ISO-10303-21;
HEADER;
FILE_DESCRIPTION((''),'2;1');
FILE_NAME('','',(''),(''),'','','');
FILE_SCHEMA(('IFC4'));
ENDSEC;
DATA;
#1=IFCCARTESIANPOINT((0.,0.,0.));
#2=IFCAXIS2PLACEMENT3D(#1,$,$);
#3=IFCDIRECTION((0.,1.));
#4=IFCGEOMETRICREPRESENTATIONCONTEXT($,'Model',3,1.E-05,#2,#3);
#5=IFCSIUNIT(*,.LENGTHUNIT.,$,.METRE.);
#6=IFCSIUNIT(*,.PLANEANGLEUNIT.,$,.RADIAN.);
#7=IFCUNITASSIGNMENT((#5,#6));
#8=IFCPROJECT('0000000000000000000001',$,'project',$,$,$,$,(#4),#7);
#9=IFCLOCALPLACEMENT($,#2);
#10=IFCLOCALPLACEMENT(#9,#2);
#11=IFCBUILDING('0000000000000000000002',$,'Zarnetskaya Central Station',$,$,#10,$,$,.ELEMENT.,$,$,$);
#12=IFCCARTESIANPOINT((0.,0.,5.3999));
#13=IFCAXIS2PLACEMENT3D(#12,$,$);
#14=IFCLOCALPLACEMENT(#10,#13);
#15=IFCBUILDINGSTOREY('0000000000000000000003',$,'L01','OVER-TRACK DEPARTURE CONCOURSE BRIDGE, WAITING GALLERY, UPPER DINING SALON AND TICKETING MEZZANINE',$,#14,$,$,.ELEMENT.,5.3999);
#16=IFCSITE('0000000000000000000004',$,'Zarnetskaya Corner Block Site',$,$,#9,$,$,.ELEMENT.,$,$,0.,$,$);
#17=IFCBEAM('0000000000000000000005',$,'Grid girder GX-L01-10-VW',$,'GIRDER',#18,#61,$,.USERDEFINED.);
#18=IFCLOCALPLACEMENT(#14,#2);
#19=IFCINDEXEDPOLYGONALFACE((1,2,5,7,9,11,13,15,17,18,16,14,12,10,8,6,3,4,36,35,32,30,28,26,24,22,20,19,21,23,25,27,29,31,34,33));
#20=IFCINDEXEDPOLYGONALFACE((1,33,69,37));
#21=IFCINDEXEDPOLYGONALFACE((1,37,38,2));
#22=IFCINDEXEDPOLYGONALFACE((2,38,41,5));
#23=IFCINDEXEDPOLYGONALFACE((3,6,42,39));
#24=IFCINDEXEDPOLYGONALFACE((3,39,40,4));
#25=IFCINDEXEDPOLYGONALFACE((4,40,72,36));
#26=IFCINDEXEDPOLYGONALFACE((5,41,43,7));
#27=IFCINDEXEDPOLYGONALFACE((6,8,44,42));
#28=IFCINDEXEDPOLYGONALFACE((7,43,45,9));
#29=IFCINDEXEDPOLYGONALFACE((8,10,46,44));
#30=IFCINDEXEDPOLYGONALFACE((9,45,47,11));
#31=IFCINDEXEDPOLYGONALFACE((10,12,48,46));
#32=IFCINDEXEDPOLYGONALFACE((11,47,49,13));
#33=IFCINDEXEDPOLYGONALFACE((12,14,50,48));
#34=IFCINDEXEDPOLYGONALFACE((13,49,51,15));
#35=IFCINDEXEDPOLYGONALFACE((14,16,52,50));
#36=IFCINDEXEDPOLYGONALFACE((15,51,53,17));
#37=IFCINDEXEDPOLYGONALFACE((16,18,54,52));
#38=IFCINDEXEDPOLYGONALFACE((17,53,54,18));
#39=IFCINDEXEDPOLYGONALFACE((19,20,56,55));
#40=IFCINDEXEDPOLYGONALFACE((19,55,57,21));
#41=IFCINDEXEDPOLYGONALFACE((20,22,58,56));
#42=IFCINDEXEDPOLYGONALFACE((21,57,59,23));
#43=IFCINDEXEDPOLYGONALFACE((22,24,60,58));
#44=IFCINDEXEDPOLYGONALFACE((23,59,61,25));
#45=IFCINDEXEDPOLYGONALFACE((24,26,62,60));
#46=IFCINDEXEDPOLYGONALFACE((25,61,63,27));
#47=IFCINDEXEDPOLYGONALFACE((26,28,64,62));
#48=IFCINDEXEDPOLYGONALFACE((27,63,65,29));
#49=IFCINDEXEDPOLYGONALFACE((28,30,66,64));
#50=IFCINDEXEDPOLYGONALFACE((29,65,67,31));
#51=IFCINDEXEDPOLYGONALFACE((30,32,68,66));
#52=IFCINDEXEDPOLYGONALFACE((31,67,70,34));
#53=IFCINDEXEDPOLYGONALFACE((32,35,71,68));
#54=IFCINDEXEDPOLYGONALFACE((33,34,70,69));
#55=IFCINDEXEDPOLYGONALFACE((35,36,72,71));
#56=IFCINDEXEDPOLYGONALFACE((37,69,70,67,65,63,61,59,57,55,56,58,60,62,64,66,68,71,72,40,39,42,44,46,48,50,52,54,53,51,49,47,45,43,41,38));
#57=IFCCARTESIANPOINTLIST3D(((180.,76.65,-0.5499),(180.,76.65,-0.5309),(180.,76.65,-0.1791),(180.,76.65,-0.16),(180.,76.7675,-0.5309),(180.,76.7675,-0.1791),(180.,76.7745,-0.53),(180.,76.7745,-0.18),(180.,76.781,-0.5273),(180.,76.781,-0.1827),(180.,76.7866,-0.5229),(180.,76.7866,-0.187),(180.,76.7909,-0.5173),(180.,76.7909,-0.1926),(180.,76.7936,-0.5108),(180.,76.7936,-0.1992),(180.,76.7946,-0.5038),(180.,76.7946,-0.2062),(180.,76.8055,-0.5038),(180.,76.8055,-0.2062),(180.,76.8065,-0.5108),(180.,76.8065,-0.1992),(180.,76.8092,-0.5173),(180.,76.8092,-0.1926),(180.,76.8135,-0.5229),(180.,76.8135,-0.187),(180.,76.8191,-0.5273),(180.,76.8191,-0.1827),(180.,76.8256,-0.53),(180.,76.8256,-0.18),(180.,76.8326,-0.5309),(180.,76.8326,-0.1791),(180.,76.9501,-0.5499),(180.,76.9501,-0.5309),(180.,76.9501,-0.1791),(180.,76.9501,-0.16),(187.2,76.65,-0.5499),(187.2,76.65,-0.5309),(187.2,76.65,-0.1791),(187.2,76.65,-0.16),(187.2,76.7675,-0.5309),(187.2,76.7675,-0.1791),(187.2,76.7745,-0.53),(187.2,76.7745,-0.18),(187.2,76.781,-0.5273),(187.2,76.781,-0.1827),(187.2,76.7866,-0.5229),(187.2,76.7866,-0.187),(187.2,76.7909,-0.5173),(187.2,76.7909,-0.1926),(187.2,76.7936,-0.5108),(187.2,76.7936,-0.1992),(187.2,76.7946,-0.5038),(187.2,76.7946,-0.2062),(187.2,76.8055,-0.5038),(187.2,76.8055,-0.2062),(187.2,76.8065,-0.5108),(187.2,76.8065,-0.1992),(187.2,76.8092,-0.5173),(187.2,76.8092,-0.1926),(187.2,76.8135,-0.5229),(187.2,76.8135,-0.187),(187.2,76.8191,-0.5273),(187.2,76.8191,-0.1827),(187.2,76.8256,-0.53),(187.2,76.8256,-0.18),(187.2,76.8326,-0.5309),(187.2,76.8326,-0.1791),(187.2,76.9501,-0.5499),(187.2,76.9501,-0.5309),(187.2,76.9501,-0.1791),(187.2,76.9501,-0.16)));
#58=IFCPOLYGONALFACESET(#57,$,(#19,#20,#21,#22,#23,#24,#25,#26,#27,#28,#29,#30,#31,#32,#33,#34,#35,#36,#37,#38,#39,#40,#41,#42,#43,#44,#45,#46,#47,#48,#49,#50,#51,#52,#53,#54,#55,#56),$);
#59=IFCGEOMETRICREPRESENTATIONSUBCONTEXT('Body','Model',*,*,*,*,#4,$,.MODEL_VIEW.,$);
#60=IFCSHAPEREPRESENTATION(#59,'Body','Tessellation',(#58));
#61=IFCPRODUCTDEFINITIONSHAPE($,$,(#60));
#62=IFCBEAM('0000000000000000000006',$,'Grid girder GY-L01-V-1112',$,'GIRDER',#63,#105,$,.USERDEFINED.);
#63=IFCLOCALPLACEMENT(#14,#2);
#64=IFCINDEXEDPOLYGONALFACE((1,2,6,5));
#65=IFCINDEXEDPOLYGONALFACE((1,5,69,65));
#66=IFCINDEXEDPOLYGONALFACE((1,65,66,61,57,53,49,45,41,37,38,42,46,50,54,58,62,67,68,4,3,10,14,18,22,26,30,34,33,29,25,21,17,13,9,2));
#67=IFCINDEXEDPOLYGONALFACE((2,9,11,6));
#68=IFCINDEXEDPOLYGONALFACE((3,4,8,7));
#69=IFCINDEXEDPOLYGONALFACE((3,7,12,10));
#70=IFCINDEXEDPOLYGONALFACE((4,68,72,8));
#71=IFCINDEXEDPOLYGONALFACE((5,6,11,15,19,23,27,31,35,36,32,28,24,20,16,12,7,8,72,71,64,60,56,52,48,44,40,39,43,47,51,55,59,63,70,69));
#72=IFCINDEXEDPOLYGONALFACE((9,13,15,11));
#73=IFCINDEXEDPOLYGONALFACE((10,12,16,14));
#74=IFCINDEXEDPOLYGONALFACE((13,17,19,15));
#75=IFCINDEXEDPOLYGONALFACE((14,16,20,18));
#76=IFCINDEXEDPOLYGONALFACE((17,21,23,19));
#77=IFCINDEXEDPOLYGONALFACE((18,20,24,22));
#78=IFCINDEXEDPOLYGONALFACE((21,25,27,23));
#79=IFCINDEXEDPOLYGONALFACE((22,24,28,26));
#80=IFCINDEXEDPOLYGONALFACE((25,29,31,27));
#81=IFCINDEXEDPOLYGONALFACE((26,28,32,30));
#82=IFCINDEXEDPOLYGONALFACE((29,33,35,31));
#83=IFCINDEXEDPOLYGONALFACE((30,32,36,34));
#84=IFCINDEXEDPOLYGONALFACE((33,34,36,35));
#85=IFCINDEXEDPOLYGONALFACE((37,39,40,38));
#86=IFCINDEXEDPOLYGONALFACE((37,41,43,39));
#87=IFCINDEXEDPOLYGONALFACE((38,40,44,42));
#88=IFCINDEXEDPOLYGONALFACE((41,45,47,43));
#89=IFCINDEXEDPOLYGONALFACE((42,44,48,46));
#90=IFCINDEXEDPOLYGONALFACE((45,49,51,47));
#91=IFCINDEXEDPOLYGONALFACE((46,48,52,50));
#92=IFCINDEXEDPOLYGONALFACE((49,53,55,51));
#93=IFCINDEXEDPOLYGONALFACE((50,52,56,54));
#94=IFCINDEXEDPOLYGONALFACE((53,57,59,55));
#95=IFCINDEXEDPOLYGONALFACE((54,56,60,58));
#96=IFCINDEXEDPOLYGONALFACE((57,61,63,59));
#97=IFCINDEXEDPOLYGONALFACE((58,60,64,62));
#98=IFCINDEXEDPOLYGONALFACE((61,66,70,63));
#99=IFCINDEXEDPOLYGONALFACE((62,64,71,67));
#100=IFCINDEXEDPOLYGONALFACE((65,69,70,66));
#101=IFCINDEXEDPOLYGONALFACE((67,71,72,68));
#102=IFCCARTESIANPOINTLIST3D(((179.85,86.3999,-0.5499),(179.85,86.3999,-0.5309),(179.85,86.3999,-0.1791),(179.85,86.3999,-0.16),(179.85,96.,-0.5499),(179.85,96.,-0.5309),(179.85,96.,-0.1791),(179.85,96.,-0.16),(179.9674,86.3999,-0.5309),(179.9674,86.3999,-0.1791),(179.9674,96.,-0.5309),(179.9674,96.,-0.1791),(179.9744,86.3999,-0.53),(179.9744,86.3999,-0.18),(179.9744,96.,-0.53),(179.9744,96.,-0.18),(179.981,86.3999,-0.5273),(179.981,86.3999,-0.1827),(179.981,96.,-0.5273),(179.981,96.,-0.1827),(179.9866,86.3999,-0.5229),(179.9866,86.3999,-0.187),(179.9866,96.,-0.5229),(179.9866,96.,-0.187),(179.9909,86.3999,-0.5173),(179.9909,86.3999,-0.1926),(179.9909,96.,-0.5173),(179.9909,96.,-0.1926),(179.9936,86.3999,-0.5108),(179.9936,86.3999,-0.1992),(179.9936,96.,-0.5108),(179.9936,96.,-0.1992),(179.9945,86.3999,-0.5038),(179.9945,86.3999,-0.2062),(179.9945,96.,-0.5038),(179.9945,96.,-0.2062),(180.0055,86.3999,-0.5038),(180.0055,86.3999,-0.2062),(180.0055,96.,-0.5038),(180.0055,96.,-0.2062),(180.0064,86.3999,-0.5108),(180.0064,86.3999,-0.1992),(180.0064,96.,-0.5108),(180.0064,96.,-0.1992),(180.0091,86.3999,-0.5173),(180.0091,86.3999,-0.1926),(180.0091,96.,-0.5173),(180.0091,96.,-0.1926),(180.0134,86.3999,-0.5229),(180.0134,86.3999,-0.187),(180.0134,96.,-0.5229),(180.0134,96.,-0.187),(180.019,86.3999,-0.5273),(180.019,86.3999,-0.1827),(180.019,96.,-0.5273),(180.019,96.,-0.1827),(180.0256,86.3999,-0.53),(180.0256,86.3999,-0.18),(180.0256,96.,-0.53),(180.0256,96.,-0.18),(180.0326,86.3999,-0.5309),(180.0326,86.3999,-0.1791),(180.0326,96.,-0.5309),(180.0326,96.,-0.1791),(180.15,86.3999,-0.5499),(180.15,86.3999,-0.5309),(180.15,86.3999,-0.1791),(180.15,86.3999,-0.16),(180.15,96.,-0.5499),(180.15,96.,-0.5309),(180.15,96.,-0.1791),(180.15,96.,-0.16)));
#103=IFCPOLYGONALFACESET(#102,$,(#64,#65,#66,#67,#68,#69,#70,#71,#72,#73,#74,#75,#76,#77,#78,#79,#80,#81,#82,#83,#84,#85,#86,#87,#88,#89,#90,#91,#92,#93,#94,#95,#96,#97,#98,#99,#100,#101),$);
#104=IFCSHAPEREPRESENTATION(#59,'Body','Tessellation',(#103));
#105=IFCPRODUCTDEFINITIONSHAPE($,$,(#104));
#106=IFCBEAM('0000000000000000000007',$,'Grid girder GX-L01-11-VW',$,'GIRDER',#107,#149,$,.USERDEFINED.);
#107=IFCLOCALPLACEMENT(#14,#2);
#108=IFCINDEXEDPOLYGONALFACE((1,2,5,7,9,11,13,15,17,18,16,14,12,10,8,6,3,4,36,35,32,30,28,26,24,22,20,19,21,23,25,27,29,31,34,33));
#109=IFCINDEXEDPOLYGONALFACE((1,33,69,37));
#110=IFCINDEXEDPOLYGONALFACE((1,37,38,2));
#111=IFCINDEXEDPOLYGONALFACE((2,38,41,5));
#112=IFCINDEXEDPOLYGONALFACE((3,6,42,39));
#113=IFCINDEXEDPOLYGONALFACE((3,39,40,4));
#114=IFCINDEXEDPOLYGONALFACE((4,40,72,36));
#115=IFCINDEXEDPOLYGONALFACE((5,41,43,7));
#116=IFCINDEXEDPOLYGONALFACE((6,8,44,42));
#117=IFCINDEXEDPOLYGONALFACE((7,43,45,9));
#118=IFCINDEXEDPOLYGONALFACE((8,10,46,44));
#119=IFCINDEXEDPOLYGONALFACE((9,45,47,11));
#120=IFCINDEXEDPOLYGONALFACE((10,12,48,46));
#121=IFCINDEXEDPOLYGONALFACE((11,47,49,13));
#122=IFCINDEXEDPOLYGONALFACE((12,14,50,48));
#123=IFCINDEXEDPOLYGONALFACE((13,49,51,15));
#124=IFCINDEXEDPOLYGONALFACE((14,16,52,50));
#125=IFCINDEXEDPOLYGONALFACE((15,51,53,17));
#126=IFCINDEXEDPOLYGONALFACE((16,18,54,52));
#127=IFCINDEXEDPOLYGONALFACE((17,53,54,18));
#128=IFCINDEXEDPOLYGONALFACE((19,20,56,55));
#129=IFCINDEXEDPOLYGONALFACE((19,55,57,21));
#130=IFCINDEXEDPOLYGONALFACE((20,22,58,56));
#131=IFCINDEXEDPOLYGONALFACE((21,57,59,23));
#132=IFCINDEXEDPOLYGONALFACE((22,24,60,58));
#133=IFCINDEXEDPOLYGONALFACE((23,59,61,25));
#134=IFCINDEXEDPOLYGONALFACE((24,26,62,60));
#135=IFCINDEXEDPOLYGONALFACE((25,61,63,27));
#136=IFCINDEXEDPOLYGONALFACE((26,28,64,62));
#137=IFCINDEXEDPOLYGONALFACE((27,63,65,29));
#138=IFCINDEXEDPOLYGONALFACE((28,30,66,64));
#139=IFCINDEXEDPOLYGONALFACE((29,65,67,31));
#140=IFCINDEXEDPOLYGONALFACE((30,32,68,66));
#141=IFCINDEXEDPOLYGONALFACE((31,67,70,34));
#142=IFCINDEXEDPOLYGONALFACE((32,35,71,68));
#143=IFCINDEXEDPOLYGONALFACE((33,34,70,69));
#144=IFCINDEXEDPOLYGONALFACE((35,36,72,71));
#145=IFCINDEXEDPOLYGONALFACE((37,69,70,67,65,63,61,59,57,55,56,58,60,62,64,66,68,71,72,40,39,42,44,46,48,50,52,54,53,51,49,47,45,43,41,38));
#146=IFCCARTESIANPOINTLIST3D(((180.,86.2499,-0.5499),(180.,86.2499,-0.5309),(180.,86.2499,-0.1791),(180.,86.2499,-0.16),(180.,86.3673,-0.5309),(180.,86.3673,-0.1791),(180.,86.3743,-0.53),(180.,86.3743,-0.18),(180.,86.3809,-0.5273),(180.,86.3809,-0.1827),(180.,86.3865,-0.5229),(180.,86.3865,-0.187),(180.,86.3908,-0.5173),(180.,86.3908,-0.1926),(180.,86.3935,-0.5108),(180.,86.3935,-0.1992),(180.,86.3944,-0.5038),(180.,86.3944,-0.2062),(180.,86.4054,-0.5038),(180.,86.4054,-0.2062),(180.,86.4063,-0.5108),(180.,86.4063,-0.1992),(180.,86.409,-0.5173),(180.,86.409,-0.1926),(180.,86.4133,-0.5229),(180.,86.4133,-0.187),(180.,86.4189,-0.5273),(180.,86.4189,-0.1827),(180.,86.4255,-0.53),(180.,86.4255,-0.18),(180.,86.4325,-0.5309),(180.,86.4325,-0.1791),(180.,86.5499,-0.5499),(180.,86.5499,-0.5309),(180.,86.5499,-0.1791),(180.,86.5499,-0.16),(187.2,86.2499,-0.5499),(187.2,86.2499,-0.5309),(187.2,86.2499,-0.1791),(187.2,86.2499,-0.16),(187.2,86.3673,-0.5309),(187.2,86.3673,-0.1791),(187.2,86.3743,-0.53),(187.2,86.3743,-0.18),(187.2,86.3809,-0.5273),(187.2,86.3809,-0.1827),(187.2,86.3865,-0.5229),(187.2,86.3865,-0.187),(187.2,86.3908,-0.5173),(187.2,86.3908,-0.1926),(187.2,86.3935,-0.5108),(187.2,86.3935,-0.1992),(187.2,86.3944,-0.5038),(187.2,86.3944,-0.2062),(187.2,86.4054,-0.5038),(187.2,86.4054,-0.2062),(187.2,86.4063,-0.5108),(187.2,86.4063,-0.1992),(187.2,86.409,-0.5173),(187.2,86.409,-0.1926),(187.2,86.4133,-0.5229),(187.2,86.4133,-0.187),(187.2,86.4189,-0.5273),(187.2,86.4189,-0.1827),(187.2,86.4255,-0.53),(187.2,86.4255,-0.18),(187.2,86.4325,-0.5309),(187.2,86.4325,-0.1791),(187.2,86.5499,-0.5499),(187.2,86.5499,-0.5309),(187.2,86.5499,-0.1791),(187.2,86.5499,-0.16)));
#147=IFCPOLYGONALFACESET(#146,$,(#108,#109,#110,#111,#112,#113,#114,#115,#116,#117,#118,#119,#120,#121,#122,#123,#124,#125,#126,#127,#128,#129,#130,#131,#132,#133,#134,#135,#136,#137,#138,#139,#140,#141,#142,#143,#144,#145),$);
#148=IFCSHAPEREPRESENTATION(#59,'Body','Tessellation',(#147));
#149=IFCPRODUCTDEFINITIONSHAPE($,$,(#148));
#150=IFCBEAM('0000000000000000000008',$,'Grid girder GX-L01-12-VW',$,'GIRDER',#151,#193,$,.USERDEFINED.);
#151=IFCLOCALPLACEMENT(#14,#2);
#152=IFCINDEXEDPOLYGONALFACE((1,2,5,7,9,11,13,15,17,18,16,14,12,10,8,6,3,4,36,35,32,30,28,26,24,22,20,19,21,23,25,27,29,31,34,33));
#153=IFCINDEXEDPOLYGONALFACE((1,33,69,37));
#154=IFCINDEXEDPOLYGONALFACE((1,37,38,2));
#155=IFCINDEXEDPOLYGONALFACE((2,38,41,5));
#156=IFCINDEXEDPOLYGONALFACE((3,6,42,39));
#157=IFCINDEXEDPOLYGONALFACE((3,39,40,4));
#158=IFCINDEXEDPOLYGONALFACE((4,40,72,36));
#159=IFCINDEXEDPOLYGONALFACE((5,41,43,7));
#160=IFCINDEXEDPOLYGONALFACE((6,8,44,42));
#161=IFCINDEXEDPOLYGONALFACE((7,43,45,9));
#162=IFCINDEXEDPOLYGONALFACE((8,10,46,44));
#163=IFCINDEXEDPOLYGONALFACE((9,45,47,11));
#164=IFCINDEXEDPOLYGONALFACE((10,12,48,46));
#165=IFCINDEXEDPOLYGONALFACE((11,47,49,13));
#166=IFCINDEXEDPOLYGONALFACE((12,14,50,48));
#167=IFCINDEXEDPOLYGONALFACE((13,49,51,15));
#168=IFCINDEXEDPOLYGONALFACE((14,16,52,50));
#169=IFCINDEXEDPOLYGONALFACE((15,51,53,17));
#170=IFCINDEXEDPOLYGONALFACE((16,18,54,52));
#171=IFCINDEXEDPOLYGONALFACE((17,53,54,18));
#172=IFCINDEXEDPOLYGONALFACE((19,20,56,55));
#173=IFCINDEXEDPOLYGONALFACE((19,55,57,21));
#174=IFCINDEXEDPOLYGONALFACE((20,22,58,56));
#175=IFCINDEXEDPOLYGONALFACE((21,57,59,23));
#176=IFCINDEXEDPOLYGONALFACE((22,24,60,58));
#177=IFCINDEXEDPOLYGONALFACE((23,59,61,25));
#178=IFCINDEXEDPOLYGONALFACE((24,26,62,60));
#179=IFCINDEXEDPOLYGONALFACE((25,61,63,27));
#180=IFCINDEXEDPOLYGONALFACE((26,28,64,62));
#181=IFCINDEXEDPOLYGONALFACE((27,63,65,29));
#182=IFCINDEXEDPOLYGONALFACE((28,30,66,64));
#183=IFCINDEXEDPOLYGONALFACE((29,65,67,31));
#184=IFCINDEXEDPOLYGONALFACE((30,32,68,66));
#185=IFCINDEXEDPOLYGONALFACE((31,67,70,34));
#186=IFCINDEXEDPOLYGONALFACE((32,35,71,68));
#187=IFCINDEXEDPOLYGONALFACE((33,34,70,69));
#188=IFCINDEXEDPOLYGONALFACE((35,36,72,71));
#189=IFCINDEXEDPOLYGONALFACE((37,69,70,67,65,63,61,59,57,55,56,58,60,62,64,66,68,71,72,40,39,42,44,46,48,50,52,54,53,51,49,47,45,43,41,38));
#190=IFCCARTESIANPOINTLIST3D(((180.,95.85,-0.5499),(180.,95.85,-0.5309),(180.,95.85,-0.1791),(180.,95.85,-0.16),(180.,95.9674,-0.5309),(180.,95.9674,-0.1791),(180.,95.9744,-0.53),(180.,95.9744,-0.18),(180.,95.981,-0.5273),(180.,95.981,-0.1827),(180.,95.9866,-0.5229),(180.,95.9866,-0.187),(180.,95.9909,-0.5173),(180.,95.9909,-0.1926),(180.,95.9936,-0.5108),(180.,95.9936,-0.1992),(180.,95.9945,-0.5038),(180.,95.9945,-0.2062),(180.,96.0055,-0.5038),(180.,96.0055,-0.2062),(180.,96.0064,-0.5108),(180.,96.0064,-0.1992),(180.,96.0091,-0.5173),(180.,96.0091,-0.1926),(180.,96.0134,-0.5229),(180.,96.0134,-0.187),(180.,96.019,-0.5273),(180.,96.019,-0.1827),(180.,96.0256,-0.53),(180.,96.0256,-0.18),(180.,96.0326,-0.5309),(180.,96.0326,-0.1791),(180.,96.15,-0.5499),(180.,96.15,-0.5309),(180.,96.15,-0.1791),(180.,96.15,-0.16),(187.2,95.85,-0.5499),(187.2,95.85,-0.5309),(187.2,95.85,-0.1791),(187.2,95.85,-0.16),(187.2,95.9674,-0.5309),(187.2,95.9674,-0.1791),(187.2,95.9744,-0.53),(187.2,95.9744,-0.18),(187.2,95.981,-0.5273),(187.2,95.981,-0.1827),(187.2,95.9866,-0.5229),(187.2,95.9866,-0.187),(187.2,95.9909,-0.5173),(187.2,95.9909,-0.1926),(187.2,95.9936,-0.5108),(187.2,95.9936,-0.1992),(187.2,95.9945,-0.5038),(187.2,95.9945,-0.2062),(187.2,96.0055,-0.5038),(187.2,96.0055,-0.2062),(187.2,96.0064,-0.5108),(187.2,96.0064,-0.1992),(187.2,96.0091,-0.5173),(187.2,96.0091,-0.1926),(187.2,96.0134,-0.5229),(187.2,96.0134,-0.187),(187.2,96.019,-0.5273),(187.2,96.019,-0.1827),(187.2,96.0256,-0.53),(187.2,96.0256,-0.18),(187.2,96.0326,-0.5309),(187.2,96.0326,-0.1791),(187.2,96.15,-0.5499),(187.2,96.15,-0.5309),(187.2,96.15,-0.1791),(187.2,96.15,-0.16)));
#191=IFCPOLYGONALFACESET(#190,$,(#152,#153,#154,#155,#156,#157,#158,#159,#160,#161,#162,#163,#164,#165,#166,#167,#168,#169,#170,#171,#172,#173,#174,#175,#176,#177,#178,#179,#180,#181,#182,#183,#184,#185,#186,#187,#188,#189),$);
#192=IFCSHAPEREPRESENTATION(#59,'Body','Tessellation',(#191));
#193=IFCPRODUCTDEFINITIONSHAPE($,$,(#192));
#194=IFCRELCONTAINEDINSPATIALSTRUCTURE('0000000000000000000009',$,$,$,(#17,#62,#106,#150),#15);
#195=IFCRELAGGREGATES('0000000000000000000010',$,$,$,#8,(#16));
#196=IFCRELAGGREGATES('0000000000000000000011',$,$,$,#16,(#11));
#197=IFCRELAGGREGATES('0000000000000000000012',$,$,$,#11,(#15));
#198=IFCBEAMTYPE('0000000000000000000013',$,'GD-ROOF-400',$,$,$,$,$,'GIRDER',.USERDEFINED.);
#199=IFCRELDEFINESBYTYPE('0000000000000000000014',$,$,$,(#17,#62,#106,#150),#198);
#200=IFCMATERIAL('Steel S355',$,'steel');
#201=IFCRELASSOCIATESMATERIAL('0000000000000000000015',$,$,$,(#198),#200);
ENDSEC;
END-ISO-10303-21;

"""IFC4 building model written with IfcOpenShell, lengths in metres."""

from ifc_helpers import new_model, si_unit, direction, frame, origin, origin_2d, place, context, subcontext, project, spatial, i_section, extrude, material, material_profile, profile_set, type_object, element, save


model = new_model("IFC4")

# Units and contexts
model_context = context("Model", 3, precision=1e-05, world=origin(), true_north=direction((0.0, 1.0)))
body_context = subcontext(model_context, "Body", "Model", "MODEL_VIEW")
ifc_project = project(units=[si_unit("LENGTHUNIT", "METRE"), si_unit("PLANEANGLEUNIT", "RADIAN")], contexts=[model_context])

# Site, building, storey
site_placement = place(None, origin())
site = spatial("IfcSite", under=ifc_project, at=site_placement, Name="Zarnetskaya Corner Block Site", CompositionType="ELEMENT", RefElevation=0.0)
building_placement = place(site_placement, origin())
building = spatial("IfcBuilding", under=site, at=building_placement, Name="Zarnetskaya Central Station", CompositionType="ELEMENT")
storey_placement = place(building_placement, frame((0.0, 0.0, 5.3999)))
storey = spatial("IfcBuildingStorey", under=building, at=storey_placement, Name="L01", Description="OVER-TRACK DEPARTURE CONCOURSE BRIDGE, WAITING GALLERY, UPPER DINING SALON AND TICKETING MEZZANINE", CompositionType="ELEMENT", Elevation=5.3999)

# Beams
ifc_material = material(Name="Steel S355", Category="steel")
ifc_material_profile_1 = material_profile(ifc_material, i_section(OverallWidth=0.3, OverallDepth=0.3899, WebThickness=0.011, FlangeThickness=0.019, FilletRadius=0.0271, at=origin_2d()), Name="HEA 400")
ifc_profile_set_1 = profile_set([ifc_material_profile_1], Name="Steel S355")
beam_type_1 = type_object("IfcBeamType", Name="GD-ROOF-400", ElementType="GIRDER", PredefinedType="USERDEFINED", material=ifc_profile_set_1)
for number, where, z_axis, x_axis, name in (
    (1, (180.0, 76.8, -0.355), (1.0, 0.0, 0.0), (0.0, 1.0, 0.0), "Grid girder GX-L01-10-VW"),
):
    element("IfcBeam", number, at=place(storey_placement, frame(where, z_axis=z_axis, x_axis=x_axis)), inside=storey, type_object=beam_type_1, Name=name, ObjectType="GIRDER", PredefinedType="USERDEFINED", context=body_context, shape_type="SweptSolid", body=[
        extrude(i_section(OverallWidth=0.3, OverallDepth=0.3899, WebThickness=0.011, FlangeThickness=0.019, FilletRadius=0.0271, at=origin_2d()), origin(), (0.0, 0.0, 1.0), 7.2),
    ])
beam_1_placement = place(storey_placement, frame((180.0, 86.3999, -0.355), z_axis=(0.0, 1.0, 0.0), x_axis=(-1.0, 0.0, 0.0)))
element("IfcBeam", 2, at=beam_1_placement, inside=storey, type_object=beam_type_1, Name="Grid girder GY-L01-V-1112", ObjectType="GIRDER", PredefinedType="USERDEFINED", context=body_context, shape_type="SweptSolid", body=[
    extrude(i_section(OverallWidth=0.3, OverallDepth=0.3899, WebThickness=0.011, FlangeThickness=0.019, FilletRadius=0.0271, at=origin_2d()), origin(), (0.0, 0.0, 1.0), 9.6001),
])
for number, where, z_axis, x_axis, name in (
    (3, (180.0, 86.3999, -0.355), (1.0, 0.0, 0.0), (0.0, 1.0, 0.0), "Grid girder GX-L01-11-VW"),
    (4, (180.0, 96.0, -0.355), (1.0, 0.0, 0.0), (0.0, 1.0, 0.0), "Grid girder GX-L01-12-VW"),
):
    element("IfcBeam", number, at=place(storey_placement, frame(where, z_axis=z_axis, x_axis=x_axis)), inside=storey, type_object=beam_type_1, Name=name, ObjectType="GIRDER", PredefinedType="USERDEFINED", context=body_context, shape_type="SweptSolid", body=[
        extrude(i_section(OverallWidth=0.3, OverallDepth=0.3899, WebThickness=0.011, FlangeThickness=0.019, FilletRadius=0.0271, at=origin_2d()), origin(), (0.0, 0.0, 1.0), 7.2),
    ])

save(model, "model.ifc")
